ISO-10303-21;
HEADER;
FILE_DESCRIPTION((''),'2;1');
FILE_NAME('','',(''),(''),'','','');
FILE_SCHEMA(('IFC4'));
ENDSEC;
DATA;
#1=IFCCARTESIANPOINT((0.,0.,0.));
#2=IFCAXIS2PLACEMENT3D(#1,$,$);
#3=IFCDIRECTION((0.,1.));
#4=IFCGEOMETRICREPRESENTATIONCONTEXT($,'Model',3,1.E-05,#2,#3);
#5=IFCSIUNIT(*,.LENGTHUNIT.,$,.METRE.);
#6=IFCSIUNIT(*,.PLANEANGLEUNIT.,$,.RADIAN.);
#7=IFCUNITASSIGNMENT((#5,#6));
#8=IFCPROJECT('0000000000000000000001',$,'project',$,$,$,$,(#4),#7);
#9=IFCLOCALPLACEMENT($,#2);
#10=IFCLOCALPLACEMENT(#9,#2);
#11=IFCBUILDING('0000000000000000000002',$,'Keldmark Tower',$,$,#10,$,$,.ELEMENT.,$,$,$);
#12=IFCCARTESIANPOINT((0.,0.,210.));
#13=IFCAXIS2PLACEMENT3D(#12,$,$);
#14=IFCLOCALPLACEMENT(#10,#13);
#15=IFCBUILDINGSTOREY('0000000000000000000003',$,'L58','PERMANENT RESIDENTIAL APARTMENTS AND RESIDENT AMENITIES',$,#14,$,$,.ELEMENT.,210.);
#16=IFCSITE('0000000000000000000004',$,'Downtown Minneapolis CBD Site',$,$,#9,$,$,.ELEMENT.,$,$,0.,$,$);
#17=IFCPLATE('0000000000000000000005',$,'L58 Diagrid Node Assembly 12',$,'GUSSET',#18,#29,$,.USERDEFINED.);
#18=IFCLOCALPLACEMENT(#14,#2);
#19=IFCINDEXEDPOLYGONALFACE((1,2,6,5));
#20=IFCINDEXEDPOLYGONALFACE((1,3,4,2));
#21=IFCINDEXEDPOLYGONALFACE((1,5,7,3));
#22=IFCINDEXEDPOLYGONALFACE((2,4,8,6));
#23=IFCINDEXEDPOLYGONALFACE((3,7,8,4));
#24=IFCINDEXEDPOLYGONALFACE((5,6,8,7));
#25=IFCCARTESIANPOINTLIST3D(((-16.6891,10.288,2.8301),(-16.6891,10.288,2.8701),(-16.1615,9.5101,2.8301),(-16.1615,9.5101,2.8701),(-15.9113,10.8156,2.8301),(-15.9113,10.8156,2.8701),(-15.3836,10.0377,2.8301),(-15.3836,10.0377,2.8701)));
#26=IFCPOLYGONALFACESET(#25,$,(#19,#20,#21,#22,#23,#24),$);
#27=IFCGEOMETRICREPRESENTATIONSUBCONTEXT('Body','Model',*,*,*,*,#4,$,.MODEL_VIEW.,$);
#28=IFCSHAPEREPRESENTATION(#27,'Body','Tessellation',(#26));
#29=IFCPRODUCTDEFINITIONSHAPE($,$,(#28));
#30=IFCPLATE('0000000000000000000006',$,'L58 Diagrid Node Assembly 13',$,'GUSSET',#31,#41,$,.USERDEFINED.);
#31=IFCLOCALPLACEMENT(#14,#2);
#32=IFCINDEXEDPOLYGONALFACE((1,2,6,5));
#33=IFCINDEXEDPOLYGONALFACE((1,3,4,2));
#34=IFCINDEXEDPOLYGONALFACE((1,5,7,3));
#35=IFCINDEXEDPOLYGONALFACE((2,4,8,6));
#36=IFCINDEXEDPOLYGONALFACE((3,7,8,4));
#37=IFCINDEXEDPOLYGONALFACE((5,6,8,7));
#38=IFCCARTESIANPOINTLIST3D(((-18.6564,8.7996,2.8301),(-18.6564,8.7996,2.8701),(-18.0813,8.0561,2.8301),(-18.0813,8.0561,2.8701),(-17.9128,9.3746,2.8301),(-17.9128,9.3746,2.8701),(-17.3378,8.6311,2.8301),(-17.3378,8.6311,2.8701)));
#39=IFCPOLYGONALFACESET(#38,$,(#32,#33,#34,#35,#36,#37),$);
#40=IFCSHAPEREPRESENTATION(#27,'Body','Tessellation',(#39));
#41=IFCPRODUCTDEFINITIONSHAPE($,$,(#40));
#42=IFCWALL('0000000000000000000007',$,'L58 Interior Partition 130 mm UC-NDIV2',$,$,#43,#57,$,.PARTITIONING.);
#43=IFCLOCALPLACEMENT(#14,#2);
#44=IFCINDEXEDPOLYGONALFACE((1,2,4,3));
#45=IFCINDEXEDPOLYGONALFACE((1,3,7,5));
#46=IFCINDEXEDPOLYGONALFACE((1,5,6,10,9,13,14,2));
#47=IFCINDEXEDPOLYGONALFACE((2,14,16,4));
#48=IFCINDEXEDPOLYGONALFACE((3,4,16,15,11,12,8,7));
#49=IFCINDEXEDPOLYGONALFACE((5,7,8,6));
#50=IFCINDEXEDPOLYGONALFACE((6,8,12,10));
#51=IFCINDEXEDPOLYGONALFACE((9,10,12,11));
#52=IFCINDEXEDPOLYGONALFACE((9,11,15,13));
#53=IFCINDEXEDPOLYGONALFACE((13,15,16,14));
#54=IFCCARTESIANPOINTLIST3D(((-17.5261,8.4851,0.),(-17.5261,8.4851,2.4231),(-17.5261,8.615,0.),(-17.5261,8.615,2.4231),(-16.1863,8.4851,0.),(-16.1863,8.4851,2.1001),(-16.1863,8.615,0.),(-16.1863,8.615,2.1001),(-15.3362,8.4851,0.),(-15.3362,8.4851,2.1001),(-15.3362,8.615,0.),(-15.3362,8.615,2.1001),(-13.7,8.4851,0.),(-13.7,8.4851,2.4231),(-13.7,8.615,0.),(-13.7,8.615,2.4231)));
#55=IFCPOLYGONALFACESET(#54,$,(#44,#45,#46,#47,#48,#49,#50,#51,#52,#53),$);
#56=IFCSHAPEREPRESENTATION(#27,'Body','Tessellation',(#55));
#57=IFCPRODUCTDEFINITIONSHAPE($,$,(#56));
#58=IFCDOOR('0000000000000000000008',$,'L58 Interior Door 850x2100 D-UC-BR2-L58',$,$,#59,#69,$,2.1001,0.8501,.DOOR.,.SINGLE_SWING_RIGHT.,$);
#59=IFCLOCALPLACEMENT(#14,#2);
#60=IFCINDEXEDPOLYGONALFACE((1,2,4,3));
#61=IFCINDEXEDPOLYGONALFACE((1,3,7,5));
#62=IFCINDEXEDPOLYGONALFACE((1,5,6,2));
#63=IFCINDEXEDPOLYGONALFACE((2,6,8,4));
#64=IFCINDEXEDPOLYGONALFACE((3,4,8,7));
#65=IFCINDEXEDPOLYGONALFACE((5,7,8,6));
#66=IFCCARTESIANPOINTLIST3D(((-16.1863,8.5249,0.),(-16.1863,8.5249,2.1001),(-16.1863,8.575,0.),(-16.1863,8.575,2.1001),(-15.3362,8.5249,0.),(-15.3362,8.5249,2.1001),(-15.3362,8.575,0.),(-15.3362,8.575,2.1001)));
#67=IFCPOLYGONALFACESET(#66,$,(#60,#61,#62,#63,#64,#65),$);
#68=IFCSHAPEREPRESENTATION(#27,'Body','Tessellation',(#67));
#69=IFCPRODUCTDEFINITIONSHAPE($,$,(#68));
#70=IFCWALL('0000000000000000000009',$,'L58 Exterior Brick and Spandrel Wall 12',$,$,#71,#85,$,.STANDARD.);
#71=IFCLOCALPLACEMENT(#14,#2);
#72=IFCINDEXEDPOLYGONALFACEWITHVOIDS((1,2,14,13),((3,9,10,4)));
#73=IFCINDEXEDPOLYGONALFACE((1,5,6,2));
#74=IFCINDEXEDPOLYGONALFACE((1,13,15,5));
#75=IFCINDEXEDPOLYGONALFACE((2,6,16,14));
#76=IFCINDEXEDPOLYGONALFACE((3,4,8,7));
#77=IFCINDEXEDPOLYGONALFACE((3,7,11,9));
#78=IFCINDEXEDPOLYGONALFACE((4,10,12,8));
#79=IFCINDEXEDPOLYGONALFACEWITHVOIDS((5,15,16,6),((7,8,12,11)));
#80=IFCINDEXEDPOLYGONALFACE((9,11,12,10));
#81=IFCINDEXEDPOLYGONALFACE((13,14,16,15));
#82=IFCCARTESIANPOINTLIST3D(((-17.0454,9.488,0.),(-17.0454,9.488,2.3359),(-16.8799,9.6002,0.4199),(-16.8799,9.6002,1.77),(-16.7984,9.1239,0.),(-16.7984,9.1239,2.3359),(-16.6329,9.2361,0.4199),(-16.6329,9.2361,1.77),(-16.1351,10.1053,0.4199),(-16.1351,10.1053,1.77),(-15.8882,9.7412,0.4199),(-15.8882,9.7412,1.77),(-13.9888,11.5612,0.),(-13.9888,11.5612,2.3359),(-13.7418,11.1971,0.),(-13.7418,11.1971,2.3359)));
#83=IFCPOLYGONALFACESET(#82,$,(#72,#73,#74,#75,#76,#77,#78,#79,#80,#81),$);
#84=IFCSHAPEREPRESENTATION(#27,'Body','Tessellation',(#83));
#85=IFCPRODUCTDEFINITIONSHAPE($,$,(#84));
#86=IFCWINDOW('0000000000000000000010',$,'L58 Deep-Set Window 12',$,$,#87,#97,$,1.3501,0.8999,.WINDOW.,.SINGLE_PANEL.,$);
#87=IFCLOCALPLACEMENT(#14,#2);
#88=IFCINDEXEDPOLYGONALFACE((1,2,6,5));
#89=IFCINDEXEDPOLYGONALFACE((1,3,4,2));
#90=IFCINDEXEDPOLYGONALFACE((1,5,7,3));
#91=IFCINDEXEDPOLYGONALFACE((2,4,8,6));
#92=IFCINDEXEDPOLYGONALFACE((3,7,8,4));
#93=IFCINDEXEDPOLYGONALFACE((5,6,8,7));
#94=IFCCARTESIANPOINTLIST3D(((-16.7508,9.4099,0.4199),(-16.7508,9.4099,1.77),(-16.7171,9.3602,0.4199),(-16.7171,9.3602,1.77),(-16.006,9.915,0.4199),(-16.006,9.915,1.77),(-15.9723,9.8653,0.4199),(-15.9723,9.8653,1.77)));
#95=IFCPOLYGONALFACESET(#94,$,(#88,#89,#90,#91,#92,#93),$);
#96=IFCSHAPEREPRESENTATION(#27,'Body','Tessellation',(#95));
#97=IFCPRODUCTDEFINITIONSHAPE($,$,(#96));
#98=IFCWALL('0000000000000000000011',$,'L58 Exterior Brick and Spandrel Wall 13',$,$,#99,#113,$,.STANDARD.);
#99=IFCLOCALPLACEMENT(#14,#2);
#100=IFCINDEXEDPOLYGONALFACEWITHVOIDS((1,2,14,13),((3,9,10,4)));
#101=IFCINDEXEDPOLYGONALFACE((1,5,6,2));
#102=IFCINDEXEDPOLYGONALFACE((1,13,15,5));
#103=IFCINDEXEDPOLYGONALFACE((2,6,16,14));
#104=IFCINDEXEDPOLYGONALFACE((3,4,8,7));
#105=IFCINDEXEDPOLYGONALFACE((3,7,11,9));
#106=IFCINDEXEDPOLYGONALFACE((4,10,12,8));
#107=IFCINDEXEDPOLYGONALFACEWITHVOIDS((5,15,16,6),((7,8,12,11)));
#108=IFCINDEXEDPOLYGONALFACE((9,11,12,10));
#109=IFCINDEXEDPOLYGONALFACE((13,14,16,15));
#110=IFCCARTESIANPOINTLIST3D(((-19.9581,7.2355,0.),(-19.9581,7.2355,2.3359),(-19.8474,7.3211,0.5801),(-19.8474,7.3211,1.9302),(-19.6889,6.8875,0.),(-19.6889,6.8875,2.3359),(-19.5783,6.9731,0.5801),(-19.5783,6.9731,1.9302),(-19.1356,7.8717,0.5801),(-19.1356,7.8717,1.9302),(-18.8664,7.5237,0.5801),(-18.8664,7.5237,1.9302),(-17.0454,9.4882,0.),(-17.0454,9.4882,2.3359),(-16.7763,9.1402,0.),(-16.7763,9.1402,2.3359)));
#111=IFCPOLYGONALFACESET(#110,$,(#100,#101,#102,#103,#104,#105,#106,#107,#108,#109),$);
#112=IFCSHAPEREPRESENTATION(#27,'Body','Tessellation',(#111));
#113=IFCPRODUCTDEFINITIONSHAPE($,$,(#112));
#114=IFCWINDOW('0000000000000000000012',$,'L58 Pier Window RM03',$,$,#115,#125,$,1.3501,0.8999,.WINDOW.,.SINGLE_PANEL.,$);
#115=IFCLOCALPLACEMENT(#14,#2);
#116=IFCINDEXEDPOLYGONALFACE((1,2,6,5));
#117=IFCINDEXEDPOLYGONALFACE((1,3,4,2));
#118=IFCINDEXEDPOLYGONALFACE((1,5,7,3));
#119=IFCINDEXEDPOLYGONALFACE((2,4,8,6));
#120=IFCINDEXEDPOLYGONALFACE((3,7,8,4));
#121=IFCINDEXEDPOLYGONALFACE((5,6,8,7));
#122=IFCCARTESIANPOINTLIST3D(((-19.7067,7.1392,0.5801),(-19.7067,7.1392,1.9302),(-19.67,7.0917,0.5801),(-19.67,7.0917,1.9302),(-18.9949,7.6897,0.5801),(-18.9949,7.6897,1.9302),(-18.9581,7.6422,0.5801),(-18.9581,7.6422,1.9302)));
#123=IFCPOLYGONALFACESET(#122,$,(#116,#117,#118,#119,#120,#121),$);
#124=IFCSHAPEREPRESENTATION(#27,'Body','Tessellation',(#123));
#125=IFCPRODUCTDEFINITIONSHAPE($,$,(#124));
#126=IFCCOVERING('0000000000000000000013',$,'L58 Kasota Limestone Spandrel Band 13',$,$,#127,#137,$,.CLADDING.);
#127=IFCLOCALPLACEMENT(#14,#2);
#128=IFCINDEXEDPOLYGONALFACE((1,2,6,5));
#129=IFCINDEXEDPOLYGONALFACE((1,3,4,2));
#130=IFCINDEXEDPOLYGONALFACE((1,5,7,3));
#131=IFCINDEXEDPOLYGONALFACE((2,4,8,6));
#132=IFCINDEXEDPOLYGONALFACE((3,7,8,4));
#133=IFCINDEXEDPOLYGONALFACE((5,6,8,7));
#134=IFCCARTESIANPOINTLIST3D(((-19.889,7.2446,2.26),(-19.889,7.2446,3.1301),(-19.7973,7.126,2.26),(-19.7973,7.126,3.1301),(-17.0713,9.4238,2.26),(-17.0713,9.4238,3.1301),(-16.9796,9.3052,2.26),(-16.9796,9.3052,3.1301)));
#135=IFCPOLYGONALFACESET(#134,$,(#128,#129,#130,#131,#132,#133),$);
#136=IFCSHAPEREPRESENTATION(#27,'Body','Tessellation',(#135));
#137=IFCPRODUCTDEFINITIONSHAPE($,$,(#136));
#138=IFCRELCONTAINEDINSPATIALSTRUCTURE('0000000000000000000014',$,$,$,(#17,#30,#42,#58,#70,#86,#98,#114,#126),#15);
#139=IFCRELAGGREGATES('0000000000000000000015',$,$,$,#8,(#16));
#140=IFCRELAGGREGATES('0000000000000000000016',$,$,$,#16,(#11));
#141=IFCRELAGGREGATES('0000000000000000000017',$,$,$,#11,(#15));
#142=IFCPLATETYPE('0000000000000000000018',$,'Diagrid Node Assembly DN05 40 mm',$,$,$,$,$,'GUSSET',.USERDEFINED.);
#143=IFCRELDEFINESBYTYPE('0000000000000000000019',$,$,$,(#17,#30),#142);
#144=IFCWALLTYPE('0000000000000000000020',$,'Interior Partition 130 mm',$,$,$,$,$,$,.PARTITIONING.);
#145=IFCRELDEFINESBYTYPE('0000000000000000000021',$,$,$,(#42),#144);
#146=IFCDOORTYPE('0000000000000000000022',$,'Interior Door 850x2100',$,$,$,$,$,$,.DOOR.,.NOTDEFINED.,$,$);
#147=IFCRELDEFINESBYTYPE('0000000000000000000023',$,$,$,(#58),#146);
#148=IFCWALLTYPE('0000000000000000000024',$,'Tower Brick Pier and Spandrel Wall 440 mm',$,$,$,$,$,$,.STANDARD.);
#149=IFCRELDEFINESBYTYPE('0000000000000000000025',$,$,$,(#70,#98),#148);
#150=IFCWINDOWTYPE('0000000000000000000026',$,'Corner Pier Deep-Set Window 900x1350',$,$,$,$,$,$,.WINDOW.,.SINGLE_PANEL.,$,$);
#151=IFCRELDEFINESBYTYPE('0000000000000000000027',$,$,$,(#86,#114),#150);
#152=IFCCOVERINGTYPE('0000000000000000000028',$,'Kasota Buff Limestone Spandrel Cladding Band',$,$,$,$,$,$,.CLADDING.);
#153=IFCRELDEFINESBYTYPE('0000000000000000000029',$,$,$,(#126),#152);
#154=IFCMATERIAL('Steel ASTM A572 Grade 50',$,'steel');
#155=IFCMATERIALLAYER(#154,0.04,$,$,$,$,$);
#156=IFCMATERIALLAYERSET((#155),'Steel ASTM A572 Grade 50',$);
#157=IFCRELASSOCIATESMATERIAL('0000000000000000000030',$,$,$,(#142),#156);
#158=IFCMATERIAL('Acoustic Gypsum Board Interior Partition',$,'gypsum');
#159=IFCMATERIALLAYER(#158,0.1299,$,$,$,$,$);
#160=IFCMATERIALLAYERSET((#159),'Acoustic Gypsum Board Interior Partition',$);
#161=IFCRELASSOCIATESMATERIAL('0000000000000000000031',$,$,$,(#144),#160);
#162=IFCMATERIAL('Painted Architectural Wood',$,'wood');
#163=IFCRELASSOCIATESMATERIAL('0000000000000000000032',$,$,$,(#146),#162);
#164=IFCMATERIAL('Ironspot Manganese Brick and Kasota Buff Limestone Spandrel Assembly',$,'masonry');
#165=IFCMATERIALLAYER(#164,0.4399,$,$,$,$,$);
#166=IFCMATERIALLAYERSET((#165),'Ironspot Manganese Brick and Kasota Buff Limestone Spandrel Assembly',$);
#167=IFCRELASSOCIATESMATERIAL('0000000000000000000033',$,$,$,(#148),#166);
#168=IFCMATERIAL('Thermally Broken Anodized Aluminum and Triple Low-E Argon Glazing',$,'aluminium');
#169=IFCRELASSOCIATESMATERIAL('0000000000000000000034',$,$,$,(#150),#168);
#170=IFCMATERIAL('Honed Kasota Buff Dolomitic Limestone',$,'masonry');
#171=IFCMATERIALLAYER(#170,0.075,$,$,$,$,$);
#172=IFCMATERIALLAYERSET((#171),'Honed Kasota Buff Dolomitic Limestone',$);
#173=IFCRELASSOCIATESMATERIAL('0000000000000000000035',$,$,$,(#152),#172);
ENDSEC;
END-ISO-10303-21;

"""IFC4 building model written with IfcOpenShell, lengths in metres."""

from ifc_helpers import new_model, si_unit, direction, frame, frame_2d, origin, origin_2d, place, context, subcontext, project, spatial, rectangle, extrude, material, layer, layer_set, type_object, element, fill, save


model = new_model("IFC4")

# Units and contexts
model_context = context("Model", 3, precision=1e-05, world=origin(), true_north=direction((0.0, 1.0)))
body_context = subcontext(model_context, "Body", "Model", "MODEL_VIEW")
ifc_project = project(units=[si_unit("LENGTHUNIT", "METRE"), si_unit("PLANEANGLEUNIT", "RADIAN")], contexts=[model_context])

# Site, building, storey
site_placement = place(None, origin())
site = spatial("IfcSite", under=ifc_project, at=site_placement, Name="Downtown Minneapolis CBD Site", CompositionType="ELEMENT", RefElevation=0.0)
building_placement = place(site_placement, origin())
building = spatial("IfcBuilding", under=site, at=building_placement, Name="Keldmark Tower", CompositionType="ELEMENT")
storey_placement = place(building_placement, frame((0.0, 0.0, 210.0)))
storey = spatial("IfcBuildingStorey", under=building, at=storey_placement, Name="L58", Description="PERMANENT RESIDENTIAL APARTMENTS AND RESIDENT AMENITIES", CompositionType="ELEMENT", Elevation=210.0)

# Plates
ifc_material_1 = material(Name="Steel ASTM A572 Grade 50", Category="steel")
ifc_layer_1 = layer(ifc_material_1, 0.04)
ifc_layer_set_1 = layer_set([ifc_layer_1], Name="Steel ASTM A572 Grade 50")
plate_type = type_object("IfcPlateType", Name="Diagrid Node Assembly DN05 40 mm", ElementType="GUSSET", PredefinedType="USERDEFINED", material=ifc_layer_set_1)
for number, where, z_axis, x_axis, name in (
    (1, (-16.0364, 10.1628, 2.8301), (0.0, 0.0, 1.0), (-0.827571, -0.561361, 0.0), "L58 Diagrid Node Assembly 12"),
    (2, (-17.9971, 8.7153, 2.8301), (0.0, 0.0, 1.0), (-0.79101, -0.611803, 0.0), "L58 Diagrid Node Assembly 13"),
):
    element("IfcPlate", number, at=place(storey_placement, frame(where, z_axis=z_axis, x_axis=x_axis)), inside=storey, type_object=plate_type, Name=name, ObjectType="GUSSET", PredefinedType="USERDEFINED", context=body_context, shape_type="SweptSolid", body=[
        extrude(rectangle(XDim=0.9399, YDim=0.9399, at=origin_2d()), origin(), (0.0, 0.0, 1.0), 0.04),
    ])

# Wall, opening, door
ifc_material_2 = material(Name="Acoustic Gypsum Board Interior Partition", Category="gypsum")
ifc_layer_2 = layer(ifc_material_2, 0.1299)
ifc_layer_set_2 = layer_set([ifc_layer_2], Name="Acoustic Gypsum Board Interior Partition")
wall_type_1 = type_object("IfcWallType", Name="Interior Partition 130 mm", PredefinedType="PARTITIONING", material=ifc_layer_set_2)
wall_1_placement = place(storey_placement, frame((-17.5261, 8.55, 0.0), z_axis=(0.0, 0.0, 1.0), x_axis=(1.0, 0.0, 0.0)))
wall_1 = element("IfcWall", 3, at=wall_1_placement, inside=storey, type_object=wall_type_1, Name="L58 Interior Partition 130 mm UC-NDIV2", PredefinedType="PARTITIONING", context=body_context, shape_type="SweptSolid", body=[
    extrude(rectangle(XDim=3.8262, YDim=0.1299, at=frame_2d((1.9131, 0.0))), origin(), (0.0, 0.0, 1.0), 2.4231),
])
opening_1_placement = place(wall_1_placement, frame((1.3398, 0.0, 0.0)))
opening_1 = element("IfcOpeningElement", 4, at=opening_1_placement, cuts=wall_1, PredefinedType="OPENING", context=body_context, shape_type="SweptSolid", body=[
    extrude(rectangle(XDim=0.8501, YDim=2.1001, at=frame_2d((0.425, 1.05))), frame((0.0, 0.075, 0.0), z_axis=(0.0, -1.0, 0.0), x_axis=(1.0, 0.0, 0.0)), (0.0, 0.0, 1.0), 0.1499),
])
ifc_material_3 = material(Name="Painted Architectural Wood", Category="wood")
door_type = type_object("IfcDoorType", Name="Interior Door 850x2100", OperationType="NOTDEFINED", PredefinedType="DOOR", material=ifc_material_3)
door_placement = place(opening_1_placement, origin())
door = element("IfcDoor", 5, at=door_placement, inside=storey, type_object=door_type, Name="L58 Interior Door 850x2100 D-UC-BR2-L58", OperationType="SINGLE_SWING_RIGHT", OverallHeight=2.1001, OverallWidth=0.8501, PredefinedType="DOOR", context=body_context, shape_type="SweptSolid", body=[
    extrude(rectangle(XDim=0.8501, YDim=2.1001, at=frame_2d((0.425, 1.05))), frame((0.0, 0.0249, 0.0), z_axis=(0.0, -1.0, 0.0), x_axis=(1.0, 0.0, 0.0)), (0.0, 0.0, 1.0), 0.05),
])
fill(opening_1, door)

# Walls, openings, windows
ifc_material_4 = material(Name="Ironspot Manganese Brick and Kasota Buff Limestone Spandrel Assembly", Category="masonry")
ifc_layer_3 = layer(ifc_material_4, 0.4399)
ifc_layer_set_3 = layer_set([ifc_layer_3], Name="Ironspot Manganese Brick and Kasota Buff Limestone Spandrel Assembly")
wall_type_2 = type_object("IfcWallType", Name="Tower Brick Pier and Spandrel Wall 440 mm", PredefinedType="STANDARD", material=ifc_layer_set_3)
wall_2_placement = place(storey_placement, frame((-16.9219, 9.3059, 0.0), z_axis=(0.0, 0.0, 1.0), x_axis=(0.82759, 0.561333, 0.0)))
wall_2 = element("IfcWall", 6, at=wall_2_placement, inside=storey, type_object=wall_type_2, Name="L58 Exterior Brick and Spandrel Wall 12", PredefinedType="STANDARD", context=body_context, shape_type="SweptSolid", body=[
    extrude(rectangle(XDim=3.6934, YDim=0.4399, at=frame_2d((1.8467, 0.0))), origin(), (0.0, 0.0, 1.0), 2.3359),
])
opening_2_placement = place(wall_2_placement, frame((0.2, 0.0, 0.4199)))
opening_2 = element("IfcOpeningElement", 7, at=opening_2_placement, cuts=wall_2, PredefinedType="OPENING", context=body_context, shape_type="SweptSolid", body=[
    extrude(rectangle(XDim=0.8999, YDim=1.3501, at=frame_2d((0.45, 0.675))), frame((0.0, 0.23, 0.0), z_axis=(0.0, -1.0, 0.0), x_axis=(1.0, 0.0, 0.0)), (0.0, 0.0, 1.0), 0.46),
])
ifc_material_5 = material(Name="Thermally Broken Anodized Aluminum and Triple Low-E Argon Glazing", Category="aluminium")
window_type = type_object("IfcWindowType", Name="Corner Pier Deep-Set Window 900x1350", PartitioningType="SINGLE_PANEL", PredefinedType="WINDOW", material=ifc_material_5)
window_1_placement = place(opening_2_placement, origin())
window_1 = element("IfcWindow", 8, at=window_1_placement, inside=storey, type_object=window_type, Name="L58 Deep-Set Window 12", OverallHeight=1.3501, OverallWidth=0.8999, PartitioningType="SINGLE_PANEL", PredefinedType="WINDOW", context=body_context, shape_type="SweptSolid", body=[
    extrude(rectangle(XDim=0.8999, YDim=1.3501, at=frame_2d((0.45, 0.675))), frame((0.0, -0.01, 0.0), z_axis=(0.0, -1.0, 0.0), x_axis=(1.0, 0.0, 0.0)), (0.0, 0.0, 1.0), 0.0601),
])
fill(opening_2, window_1)
wall_3_placement = place(storey_placement, frame((-19.8235, 7.0615, 0.0), z_axis=(0.0, 0.0, 1.0), x_axis=(0.791017, 0.611795, 0.0)))
wall_3 = element("IfcWall", 9, at=wall_3_placement, inside=storey, type_object=wall_type_2, Name="L58 Exterior Brick and Spandrel Wall 13", PredefinedType="STANDARD", context=body_context, shape_type="SweptSolid", body=[
    extrude(rectangle(XDim=3.6821, YDim=0.4399, at=frame_2d((1.8411, 0.0))), origin(), (0.0, 0.0, 1.0), 2.3359),
])
opening_3_placement = place(wall_3_placement, frame((0.1399, 0.0, 0.5801)))
opening_3 = element("IfcOpeningElement", 10, at=opening_3_placement, cuts=wall_3, PredefinedType="OPENING", context=body_context, shape_type="SweptSolid", body=[
    extrude(rectangle(XDim=0.8999, YDim=1.3501, at=frame_2d((0.45, 0.675))), frame((0.0, 0.23, 0.0), z_axis=(0.0, -1.0, 0.0), x_axis=(1.0, 0.0, 0.0)), (0.0, 0.0, 1.0), 0.46),
])
window_2_placement = place(opening_3_placement, origin())
window_2 = element("IfcWindow", 11, at=window_2_placement, inside=storey, type_object=window_type, Name="L58 Pier Window RM03", OverallHeight=1.3501, OverallWidth=0.8999, PartitioningType="SINGLE_PANEL", PredefinedType="WINDOW", context=body_context, shape_type="SweptSolid", body=[
    extrude(rectangle(XDim=0.8999, YDim=1.3501, at=frame_2d((0.45, 0.675))), frame((0.0, -0.01, 0.0), z_axis=(0.0, -1.0, 0.0), x_axis=(1.0, 0.0, 0.0)), (0.0, 0.0, 1.0), 0.0601),
])
fill(opening_3, window_2)

# Covering
ifc_material_6 = material(Name="Honed Kasota Buff Dolomitic Limestone", Category="masonry")
ifc_layer_4 = layer(ifc_material_6, 0.075)
ifc_layer_set_4 = layer_set([ifc_layer_4], Name="Honed Kasota Buff Dolomitic Limestone")
covering_type = type_object("IfcCoveringType", Name="Kasota Buff Limestone Spandrel Cladding Band", PredefinedType="CLADDING", material=ifc_layer_set_4)
covering_placement = place(storey_placement, frame((-18.4343, 8.2749, 2.26), z_axis=(0.0, 0.0, 1.0), x_axis=(-0.791031, -0.611776, 0.0)))
element("IfcCovering", 12, at=covering_placement, inside=storey, type_object=covering_type, Name="L58 Kasota Limestone Spandrel Band 13", PredefinedType="CLADDING", context=body_context, shape_type="SweptSolid", body=[
    extrude(rectangle(XDim=3.562, YDim=0.1499, at=origin_2d()), origin(), (0.0, 0.0, 1.0), 0.8701),
])

save(model, "model.ifc")
